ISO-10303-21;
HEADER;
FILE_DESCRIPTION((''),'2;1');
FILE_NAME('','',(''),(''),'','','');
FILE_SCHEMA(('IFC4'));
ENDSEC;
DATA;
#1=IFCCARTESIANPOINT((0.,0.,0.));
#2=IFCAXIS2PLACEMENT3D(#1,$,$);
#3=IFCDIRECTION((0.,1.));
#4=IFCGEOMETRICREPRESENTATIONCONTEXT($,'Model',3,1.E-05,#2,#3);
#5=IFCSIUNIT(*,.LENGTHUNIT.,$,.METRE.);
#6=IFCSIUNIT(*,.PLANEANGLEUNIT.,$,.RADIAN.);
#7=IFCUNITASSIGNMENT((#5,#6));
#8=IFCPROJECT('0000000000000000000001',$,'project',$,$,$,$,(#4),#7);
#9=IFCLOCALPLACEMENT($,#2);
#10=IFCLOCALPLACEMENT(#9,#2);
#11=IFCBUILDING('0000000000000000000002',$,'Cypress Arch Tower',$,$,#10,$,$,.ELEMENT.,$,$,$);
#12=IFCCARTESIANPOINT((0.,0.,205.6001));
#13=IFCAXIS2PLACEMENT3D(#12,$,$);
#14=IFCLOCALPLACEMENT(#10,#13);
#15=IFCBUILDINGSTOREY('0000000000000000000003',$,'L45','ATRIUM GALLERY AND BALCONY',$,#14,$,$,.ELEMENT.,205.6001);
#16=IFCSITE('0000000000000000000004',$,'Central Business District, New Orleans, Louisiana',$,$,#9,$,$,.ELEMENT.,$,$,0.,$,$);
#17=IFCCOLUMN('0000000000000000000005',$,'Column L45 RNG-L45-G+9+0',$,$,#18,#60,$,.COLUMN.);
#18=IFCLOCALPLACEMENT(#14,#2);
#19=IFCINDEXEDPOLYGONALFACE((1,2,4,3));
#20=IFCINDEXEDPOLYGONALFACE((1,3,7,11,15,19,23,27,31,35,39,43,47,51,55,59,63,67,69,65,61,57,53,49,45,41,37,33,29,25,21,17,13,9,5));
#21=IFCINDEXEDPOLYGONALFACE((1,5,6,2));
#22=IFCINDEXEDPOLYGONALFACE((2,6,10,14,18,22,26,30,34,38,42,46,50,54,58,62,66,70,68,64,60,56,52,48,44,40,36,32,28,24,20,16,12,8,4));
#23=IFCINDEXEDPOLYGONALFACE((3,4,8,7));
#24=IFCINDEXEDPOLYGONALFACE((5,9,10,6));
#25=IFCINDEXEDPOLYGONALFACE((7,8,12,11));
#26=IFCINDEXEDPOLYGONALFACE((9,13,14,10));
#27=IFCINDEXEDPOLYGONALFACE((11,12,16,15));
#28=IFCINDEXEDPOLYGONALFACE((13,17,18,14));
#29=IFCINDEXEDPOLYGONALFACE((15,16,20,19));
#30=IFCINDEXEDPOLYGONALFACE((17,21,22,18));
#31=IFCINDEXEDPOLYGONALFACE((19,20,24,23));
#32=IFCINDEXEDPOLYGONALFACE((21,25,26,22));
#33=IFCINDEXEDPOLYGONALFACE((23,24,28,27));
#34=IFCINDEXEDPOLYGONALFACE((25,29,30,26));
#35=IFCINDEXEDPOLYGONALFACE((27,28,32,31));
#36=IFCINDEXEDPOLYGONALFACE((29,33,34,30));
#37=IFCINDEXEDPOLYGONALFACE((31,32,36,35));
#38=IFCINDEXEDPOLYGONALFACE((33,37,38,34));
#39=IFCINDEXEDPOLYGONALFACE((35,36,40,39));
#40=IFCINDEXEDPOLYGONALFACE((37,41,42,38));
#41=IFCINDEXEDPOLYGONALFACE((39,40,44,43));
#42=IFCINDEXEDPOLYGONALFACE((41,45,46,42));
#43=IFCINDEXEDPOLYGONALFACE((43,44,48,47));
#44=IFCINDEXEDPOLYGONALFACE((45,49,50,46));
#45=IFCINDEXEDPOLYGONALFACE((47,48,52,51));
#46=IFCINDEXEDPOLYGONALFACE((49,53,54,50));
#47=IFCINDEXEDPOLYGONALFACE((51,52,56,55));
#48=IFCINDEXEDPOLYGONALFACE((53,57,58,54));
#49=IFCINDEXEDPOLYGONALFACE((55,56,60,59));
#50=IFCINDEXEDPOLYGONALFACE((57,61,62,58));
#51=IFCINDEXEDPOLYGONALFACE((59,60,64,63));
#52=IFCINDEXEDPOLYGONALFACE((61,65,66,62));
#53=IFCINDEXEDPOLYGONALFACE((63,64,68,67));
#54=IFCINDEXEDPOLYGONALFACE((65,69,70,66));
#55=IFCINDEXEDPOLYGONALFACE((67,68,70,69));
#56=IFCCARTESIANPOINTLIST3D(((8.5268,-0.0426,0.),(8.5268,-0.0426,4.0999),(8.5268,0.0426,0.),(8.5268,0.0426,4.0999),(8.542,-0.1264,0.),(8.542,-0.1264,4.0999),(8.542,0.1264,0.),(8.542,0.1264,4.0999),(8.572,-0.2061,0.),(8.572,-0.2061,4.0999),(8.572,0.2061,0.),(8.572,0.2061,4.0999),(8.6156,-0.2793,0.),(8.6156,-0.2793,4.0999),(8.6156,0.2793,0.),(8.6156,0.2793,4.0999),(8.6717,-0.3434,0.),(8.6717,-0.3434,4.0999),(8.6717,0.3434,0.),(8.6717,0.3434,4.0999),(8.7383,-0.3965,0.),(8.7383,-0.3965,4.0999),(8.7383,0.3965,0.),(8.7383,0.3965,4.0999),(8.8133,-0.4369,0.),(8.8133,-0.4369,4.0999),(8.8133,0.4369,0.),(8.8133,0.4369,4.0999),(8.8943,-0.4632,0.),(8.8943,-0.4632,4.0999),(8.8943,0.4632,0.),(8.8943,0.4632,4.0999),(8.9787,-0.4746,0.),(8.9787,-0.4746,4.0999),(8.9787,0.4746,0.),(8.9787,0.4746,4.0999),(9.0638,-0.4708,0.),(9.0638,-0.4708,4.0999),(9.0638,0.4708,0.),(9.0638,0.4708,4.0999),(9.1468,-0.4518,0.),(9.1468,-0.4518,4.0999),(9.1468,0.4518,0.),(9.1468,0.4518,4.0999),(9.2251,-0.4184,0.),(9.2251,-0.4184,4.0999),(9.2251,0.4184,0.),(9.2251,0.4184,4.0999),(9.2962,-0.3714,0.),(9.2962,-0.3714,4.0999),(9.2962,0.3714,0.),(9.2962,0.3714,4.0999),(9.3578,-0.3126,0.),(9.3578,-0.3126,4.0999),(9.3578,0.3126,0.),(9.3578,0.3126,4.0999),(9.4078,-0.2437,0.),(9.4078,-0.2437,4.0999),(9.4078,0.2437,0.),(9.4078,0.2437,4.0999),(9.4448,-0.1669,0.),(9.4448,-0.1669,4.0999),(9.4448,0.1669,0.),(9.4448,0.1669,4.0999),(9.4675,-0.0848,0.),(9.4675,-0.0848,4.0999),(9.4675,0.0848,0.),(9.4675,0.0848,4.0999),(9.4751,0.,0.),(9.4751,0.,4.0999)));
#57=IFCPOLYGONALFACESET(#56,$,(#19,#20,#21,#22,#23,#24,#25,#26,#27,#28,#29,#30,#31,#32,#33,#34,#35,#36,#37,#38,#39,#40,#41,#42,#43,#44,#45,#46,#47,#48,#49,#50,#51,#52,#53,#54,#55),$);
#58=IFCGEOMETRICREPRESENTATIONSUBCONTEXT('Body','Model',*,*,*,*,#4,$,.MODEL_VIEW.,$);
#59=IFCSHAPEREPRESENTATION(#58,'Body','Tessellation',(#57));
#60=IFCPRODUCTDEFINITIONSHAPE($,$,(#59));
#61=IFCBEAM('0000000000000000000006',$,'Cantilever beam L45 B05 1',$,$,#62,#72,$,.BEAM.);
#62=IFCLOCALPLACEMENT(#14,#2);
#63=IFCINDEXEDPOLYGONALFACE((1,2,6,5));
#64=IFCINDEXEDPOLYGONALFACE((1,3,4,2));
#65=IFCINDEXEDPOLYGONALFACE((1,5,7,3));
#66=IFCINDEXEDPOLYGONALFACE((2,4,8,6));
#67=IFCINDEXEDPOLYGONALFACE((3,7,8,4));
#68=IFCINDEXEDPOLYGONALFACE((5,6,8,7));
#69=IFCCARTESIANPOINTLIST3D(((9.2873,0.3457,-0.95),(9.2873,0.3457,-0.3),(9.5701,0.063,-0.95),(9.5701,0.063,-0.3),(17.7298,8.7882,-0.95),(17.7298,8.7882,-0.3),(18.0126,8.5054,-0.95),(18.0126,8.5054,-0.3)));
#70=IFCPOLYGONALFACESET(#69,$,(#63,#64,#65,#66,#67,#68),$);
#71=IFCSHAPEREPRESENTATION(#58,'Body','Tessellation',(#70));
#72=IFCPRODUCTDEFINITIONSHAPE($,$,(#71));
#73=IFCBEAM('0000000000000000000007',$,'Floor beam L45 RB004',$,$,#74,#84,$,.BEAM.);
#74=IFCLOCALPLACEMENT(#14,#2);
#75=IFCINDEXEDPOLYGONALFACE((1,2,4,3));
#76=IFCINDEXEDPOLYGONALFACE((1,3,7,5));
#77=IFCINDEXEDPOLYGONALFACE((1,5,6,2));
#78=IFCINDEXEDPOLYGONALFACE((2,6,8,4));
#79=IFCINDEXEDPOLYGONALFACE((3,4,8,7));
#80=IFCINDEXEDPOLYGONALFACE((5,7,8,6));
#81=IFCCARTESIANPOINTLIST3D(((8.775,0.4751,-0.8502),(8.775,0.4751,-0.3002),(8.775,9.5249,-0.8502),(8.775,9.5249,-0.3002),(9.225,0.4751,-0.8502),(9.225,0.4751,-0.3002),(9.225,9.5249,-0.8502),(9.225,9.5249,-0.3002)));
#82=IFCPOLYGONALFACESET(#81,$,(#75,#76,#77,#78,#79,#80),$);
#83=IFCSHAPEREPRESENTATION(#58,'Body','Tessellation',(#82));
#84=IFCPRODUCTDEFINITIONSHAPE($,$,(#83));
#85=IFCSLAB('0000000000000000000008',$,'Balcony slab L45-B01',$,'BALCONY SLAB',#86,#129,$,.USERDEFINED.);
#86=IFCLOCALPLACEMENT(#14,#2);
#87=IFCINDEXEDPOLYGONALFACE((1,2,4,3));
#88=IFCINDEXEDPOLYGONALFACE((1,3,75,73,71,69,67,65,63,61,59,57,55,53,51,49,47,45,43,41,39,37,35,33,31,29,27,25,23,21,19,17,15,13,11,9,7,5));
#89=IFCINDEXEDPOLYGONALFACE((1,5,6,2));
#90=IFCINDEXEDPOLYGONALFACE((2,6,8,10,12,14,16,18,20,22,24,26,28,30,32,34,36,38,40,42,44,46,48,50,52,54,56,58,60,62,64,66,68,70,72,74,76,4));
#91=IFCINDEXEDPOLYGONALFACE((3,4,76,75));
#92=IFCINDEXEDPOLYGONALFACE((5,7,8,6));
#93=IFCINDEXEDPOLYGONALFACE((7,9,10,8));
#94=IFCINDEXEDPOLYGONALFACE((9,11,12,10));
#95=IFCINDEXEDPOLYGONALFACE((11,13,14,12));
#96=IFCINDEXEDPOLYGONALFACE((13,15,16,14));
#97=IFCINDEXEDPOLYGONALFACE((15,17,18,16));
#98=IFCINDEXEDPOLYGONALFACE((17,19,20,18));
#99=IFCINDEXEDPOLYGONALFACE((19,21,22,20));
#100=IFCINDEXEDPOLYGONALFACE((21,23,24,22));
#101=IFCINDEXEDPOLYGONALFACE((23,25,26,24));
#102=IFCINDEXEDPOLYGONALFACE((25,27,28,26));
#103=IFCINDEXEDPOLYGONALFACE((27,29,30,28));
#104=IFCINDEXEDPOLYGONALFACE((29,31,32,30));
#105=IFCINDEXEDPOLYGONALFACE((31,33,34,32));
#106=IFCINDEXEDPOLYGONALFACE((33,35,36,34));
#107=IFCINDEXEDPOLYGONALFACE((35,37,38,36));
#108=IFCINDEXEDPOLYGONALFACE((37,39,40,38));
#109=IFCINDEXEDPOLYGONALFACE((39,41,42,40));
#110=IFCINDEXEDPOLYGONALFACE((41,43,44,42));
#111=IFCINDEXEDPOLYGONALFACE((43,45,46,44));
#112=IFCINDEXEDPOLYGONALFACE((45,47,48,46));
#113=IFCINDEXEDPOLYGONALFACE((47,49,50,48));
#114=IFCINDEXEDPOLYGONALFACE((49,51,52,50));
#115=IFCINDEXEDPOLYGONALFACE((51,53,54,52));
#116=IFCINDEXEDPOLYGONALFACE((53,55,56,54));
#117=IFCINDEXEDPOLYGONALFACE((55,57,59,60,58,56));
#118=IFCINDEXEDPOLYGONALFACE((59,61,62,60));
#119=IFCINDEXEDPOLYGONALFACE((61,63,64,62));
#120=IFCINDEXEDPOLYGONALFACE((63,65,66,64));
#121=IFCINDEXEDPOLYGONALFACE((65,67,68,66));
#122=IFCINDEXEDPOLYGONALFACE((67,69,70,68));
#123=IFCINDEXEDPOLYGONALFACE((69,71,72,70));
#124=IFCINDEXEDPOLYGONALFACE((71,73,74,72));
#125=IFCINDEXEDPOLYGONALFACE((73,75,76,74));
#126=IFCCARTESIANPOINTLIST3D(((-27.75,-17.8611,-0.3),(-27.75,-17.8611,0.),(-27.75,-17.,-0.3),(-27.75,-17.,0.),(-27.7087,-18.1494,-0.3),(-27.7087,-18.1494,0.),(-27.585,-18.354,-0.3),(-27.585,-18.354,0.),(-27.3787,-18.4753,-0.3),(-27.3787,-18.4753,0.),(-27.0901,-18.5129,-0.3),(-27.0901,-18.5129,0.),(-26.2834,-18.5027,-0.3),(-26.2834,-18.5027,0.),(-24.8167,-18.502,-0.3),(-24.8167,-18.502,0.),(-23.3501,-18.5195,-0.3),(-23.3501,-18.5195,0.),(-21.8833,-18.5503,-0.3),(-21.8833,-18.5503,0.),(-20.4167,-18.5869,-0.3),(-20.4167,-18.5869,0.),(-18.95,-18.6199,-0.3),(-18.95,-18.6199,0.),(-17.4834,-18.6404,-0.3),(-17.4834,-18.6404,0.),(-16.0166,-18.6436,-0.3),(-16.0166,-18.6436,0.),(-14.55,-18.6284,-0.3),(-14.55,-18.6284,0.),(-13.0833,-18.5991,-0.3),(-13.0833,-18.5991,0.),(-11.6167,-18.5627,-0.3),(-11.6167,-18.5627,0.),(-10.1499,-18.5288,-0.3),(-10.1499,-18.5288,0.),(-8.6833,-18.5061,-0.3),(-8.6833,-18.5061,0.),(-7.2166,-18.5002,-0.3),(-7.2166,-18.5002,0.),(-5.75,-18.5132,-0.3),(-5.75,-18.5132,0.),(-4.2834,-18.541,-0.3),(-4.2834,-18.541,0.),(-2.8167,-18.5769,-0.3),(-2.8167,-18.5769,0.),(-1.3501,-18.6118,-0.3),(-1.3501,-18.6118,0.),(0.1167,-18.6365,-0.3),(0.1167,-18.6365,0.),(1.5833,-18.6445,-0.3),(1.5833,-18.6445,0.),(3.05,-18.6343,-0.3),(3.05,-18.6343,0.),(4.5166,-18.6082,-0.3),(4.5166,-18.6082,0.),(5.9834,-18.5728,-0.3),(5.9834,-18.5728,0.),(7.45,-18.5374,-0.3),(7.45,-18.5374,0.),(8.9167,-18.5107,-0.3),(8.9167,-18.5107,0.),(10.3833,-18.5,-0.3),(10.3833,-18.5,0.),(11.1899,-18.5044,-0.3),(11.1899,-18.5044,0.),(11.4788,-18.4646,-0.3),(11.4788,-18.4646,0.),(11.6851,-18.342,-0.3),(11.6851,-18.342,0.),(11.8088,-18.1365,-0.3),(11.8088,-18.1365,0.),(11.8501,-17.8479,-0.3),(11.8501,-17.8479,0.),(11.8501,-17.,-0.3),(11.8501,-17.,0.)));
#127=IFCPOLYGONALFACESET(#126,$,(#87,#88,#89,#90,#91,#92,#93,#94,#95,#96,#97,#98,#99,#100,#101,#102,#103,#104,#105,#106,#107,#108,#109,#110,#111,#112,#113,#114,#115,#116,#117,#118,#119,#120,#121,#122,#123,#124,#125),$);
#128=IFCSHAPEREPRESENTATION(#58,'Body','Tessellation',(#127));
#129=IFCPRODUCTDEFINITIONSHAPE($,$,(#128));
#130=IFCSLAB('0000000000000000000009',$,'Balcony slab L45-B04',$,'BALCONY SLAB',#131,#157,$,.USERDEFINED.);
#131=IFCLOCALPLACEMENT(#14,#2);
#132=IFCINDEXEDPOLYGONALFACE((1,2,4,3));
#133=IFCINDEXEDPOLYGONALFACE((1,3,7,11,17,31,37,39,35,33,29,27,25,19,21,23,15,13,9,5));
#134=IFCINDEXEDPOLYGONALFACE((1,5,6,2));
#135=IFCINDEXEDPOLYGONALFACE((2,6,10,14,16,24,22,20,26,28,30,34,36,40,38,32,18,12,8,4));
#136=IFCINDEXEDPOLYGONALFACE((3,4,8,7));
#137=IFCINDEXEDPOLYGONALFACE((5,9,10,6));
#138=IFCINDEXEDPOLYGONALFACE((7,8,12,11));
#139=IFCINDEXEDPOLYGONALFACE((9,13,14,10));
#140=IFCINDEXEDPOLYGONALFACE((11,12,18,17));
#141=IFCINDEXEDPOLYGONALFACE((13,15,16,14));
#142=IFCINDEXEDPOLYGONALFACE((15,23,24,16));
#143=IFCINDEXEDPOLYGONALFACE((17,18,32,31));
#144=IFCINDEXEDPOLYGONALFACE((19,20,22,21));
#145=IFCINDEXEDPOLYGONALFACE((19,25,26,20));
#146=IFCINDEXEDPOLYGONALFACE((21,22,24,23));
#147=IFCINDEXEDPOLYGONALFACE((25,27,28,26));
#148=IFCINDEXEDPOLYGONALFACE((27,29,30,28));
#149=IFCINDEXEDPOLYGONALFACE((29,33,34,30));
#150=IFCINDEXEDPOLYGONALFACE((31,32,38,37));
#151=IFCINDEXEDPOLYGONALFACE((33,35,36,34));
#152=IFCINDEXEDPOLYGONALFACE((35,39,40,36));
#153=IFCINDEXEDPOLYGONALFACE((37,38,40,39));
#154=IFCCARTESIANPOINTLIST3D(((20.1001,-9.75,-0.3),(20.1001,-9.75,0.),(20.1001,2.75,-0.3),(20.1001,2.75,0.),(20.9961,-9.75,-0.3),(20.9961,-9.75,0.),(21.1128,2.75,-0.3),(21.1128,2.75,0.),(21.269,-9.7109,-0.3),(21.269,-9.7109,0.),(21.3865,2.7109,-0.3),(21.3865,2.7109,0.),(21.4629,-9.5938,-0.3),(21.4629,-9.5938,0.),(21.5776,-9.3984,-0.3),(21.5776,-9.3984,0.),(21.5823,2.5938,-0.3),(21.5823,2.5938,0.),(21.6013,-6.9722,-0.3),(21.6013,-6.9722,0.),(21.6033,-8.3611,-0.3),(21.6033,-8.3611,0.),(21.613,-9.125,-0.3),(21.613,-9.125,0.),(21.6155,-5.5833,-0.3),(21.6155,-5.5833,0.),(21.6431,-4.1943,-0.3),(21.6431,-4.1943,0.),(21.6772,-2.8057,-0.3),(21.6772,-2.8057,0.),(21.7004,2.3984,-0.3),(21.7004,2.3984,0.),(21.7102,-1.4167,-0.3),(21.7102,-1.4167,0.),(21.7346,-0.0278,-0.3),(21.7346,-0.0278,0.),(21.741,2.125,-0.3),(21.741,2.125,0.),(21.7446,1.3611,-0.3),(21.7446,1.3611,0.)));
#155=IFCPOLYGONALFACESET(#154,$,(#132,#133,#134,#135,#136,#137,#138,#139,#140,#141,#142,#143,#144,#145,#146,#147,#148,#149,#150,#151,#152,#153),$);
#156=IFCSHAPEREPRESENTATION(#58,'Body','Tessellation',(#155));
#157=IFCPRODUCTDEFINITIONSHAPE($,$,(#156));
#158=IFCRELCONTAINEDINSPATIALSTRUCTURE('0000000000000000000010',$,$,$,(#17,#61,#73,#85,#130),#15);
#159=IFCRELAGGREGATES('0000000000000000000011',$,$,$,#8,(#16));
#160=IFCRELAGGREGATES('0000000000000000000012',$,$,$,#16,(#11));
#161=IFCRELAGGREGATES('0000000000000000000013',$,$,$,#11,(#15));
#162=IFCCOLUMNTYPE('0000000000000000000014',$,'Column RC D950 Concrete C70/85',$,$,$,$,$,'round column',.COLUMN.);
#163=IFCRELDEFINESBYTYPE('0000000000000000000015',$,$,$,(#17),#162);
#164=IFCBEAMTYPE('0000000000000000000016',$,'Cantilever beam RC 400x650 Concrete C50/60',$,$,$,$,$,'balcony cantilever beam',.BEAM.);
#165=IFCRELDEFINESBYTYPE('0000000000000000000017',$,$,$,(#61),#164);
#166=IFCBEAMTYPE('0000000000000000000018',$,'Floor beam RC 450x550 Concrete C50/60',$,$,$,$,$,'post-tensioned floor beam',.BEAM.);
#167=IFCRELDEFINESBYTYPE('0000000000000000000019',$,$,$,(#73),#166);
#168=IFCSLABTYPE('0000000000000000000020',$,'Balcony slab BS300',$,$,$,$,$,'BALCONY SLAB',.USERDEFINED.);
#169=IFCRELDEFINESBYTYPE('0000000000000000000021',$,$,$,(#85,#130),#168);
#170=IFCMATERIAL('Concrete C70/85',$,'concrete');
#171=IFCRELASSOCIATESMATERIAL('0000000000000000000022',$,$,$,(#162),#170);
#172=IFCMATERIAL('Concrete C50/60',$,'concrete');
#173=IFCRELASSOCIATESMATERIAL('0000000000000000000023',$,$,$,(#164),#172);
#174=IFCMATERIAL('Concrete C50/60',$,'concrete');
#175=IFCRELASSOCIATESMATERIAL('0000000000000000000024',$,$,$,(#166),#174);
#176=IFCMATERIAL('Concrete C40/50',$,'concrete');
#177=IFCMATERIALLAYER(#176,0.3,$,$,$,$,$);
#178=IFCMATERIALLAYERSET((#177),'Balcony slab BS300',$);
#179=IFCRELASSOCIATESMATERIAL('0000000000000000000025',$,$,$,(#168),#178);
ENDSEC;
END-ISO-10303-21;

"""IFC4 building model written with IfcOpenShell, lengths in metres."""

from ifc_helpers import new_model, si_unit, direction, frame, origin, origin_2d, place, context, subcontext, project, spatial, polyline, rectangle, circle, outline, extrude, material, layer, layer_set, material_profile, profile_set, type_object, element, save


model = new_model("IFC4")

# Units and contexts
model_context = context("Model", 3, precision=1e-05, world=origin(), true_north=direction((0.0, 1.0)))
body_context = subcontext(model_context, "Body", "Model", "MODEL_VIEW")
ifc_project = project(units=[si_unit("LENGTHUNIT", "METRE"), si_unit("PLANEANGLEUNIT", "RADIAN")], contexts=[model_context])

# Site, building, storey
site_placement = place(None, origin())
site = spatial("IfcSite", under=ifc_project, at=site_placement, Name="Central Business District, New Orleans, Louisiana", CompositionType="ELEMENT", RefElevation=0.0)
building_placement = place(site_placement, origin())
building = spatial("IfcBuilding", under=site, at=building_placement, Name="Cypress Arch Tower", CompositionType="ELEMENT")
storey_placement = place(building_placement, frame((0.0, 0.0, 205.6001)))
storey = spatial("IfcBuildingStorey", under=building, at=storey_placement, Name="L45", Description="ATRIUM GALLERY AND BALCONY", CompositionType="ELEMENT", Elevation=205.6001)

# Column
ifc_material_1 = material(Name="Concrete C70/85", Category="concrete")
ifc_material_profile_1 = material_profile(ifc_material_1, circle(Radius=0.4751, at=origin_2d()), Name="RC D950")
ifc_profile_set_1 = profile_set([ifc_material_profile_1], Name="Concrete C70/85")
column_type = type_object("IfcColumnType", Name="Column RC D950 Concrete C70/85", ElementType="round column", PredefinedType="COLUMN", material=ifc_profile_set_1)
column_placement = place(storey_placement, frame((9.0, 0.0, 0.0), z_axis=(0.0, 0.0, 1.0), x_axis=(1.0, 0.0, 0.0)))
element("IfcColumn", 1, at=column_placement, inside=storey, type_object=column_type, Name="Column L45 RNG-L45-G+9+0", PredefinedType="COLUMN", context=body_context, shape_type="SweptSolid", body=[
    extrude(circle(Radius=0.4751, at=origin_2d()), origin(), (0.0, 0.0, 1.0), 4.0999),
])

# Beams
ifc_material_2 = material(Name="Concrete C50/60", Category="concrete")
ifc_material_profile_2 = material_profile(ifc_material_2, rectangle(XDim=0.3999, YDim=0.6499, at=origin_2d()), Name="RC 400x650")
ifc_profile_set_2 = profile_set([ifc_material_profile_2], Name="Concrete C50/60")
beam_type_1 = type_object("IfcBeamType", Name="Cantilever beam RC 400x650 Concrete C50/60", ElementType="balcony cantilever beam", PredefinedType="BEAM", material=ifc_profile_set_2)
beam_1_placement = place(storey_placement, frame((9.4287, 0.2043, -0.625), z_axis=(0.707107, 0.707107, 0.0), x_axis=(-0.707107, 0.707107, 0.0)))
element("IfcBeam", 2, at=beam_1_placement, inside=storey, type_object=beam_type_1, Name="Cantilever beam L45 B05 1", PredefinedType="BEAM", context=body_context, shape_type="SweptSolid", body=[
    extrude(rectangle(XDim=0.3999, YDim=0.6499, at=origin_2d()), origin(), (0.0, 0.0, 1.0), 11.9395),
])
ifc_material_3 = material(Name="Concrete C50/60", Category="concrete")
ifc_material_profile_3 = material_profile(ifc_material_3, rectangle(XDim=0.45, YDim=0.55, at=origin_2d()), Name="RC 450x550")
ifc_profile_set_3 = profile_set([ifc_material_profile_3], Name="Concrete C50/60")
beam_type_2 = type_object("IfcBeamType", Name="Floor beam RC 450x550 Concrete C50/60", ElementType="post-tensioned floor beam", PredefinedType="BEAM", material=ifc_profile_set_3)
beam_2_placement = place(storey_placement, frame((9.0, 0.4751, -0.5752), z_axis=(0.0, 1.0, 0.0), x_axis=(-1.0, 0.0, 0.0)))
element("IfcBeam", 3, at=beam_2_placement, inside=storey, type_object=beam_type_2, Name="Floor beam L45 RB004", PredefinedType="BEAM", context=body_context, shape_type="SweptSolid", body=[
    extrude(rectangle(XDim=0.45, YDim=0.55, at=origin_2d()), origin(), (0.0, 0.0, 1.0), 9.0498),
])

# Slabs
ifc_material_4 = material(Name="Concrete C40/50", Category="concrete")
ifc_layer_1 = layer(ifc_material_4, 0.3)
ifc_layer_set_1 = layer_set([ifc_layer_1], Name="Balcony slab BS300")
slab_type_1 = type_object("IfcSlabType", Name="Balcony slab BS300", ElementType="BALCONY SLAB", PredefinedType="USERDEFINED", material=ifc_layer_set_1)
slab_1_placement = place(storey_placement, frame((0.0, 0.0, -0.3)))
element("IfcSlab", 4, at=slab_1_placement, inside=storey, type_object=slab_type_1, Name="Balcony slab L45-B01", ObjectType="BALCONY SLAB", PredefinedType="USERDEFINED", context=body_context, shape_type="SweptSolid", body=[
    extrude(outline(polyline([(-27.75, -17.0), (-27.75, -17.8611), (-27.7087, -18.1494), (-27.585, -18.354), (-27.3787, -18.4753), (-27.0901, -18.5129), (-26.2834, -18.5027), (-24.8167, -18.502), (-23.3501, -18.5195), (-21.8833, -18.5503), (-20.4167, -18.5869), (-18.95, -18.6199), (-17.4834, -18.6404), (-16.0166, -18.6436), (-14.55, -18.6284), (-13.0833, -18.5991), (-11.6167, -18.5627), (-10.1499, -18.5288), (-8.6833, -18.5061), (-7.2166, -18.5002), (-5.75, -18.5132), (-4.2834, -18.541), (-2.8167, -18.5769), (-1.3501, -18.6118), (0.1167, -18.6365), (1.5833, -18.6445), (3.05, -18.6343), (4.5166, -18.6082), (5.9834, -18.5728), (7.45, -18.5374), (8.9167, -18.5107), (10.3833, -18.5), (11.1899, -18.5044), (11.4788, -18.4646), (11.6851, -18.342), (11.8088, -18.1365), (11.8501, -17.8479), (11.8501, -17.0), (-27.75, -17.0)])), origin(), (0.0, 0.0, 1.0), 0.3),
])
slab_2_placement = place(storey_placement, frame((0.0, 0.0, -0.3)))
element("IfcSlab", 5, at=slab_2_placement, inside=storey, type_object=slab_type_1, Name="Balcony slab L45-B04", ObjectType="BALCONY SLAB", PredefinedType="USERDEFINED", context=body_context, shape_type="SweptSolid", body=[
    extrude(outline(polyline([(20.1001, -9.75), (20.9961, -9.75), (21.269, -9.7109), (21.4629, -9.5938), (21.5776, -9.3984), (21.613, -9.125), (21.6033, -8.3611), (21.6013, -6.9722), (21.6155, -5.5833), (21.6431, -4.1943), (21.6772, -2.8057), (21.7102, -1.4167), (21.7346, -0.0278), (21.7446, 1.3611), (21.741, 2.125), (21.7004, 2.3984), (21.5823, 2.5938), (21.3865, 2.7109), (21.1128, 2.75), (20.1001, 2.75), (20.1001, -9.75)])), origin(), (0.0, 0.0, 1.0), 0.3),
])

save(model, "model.ifc")
